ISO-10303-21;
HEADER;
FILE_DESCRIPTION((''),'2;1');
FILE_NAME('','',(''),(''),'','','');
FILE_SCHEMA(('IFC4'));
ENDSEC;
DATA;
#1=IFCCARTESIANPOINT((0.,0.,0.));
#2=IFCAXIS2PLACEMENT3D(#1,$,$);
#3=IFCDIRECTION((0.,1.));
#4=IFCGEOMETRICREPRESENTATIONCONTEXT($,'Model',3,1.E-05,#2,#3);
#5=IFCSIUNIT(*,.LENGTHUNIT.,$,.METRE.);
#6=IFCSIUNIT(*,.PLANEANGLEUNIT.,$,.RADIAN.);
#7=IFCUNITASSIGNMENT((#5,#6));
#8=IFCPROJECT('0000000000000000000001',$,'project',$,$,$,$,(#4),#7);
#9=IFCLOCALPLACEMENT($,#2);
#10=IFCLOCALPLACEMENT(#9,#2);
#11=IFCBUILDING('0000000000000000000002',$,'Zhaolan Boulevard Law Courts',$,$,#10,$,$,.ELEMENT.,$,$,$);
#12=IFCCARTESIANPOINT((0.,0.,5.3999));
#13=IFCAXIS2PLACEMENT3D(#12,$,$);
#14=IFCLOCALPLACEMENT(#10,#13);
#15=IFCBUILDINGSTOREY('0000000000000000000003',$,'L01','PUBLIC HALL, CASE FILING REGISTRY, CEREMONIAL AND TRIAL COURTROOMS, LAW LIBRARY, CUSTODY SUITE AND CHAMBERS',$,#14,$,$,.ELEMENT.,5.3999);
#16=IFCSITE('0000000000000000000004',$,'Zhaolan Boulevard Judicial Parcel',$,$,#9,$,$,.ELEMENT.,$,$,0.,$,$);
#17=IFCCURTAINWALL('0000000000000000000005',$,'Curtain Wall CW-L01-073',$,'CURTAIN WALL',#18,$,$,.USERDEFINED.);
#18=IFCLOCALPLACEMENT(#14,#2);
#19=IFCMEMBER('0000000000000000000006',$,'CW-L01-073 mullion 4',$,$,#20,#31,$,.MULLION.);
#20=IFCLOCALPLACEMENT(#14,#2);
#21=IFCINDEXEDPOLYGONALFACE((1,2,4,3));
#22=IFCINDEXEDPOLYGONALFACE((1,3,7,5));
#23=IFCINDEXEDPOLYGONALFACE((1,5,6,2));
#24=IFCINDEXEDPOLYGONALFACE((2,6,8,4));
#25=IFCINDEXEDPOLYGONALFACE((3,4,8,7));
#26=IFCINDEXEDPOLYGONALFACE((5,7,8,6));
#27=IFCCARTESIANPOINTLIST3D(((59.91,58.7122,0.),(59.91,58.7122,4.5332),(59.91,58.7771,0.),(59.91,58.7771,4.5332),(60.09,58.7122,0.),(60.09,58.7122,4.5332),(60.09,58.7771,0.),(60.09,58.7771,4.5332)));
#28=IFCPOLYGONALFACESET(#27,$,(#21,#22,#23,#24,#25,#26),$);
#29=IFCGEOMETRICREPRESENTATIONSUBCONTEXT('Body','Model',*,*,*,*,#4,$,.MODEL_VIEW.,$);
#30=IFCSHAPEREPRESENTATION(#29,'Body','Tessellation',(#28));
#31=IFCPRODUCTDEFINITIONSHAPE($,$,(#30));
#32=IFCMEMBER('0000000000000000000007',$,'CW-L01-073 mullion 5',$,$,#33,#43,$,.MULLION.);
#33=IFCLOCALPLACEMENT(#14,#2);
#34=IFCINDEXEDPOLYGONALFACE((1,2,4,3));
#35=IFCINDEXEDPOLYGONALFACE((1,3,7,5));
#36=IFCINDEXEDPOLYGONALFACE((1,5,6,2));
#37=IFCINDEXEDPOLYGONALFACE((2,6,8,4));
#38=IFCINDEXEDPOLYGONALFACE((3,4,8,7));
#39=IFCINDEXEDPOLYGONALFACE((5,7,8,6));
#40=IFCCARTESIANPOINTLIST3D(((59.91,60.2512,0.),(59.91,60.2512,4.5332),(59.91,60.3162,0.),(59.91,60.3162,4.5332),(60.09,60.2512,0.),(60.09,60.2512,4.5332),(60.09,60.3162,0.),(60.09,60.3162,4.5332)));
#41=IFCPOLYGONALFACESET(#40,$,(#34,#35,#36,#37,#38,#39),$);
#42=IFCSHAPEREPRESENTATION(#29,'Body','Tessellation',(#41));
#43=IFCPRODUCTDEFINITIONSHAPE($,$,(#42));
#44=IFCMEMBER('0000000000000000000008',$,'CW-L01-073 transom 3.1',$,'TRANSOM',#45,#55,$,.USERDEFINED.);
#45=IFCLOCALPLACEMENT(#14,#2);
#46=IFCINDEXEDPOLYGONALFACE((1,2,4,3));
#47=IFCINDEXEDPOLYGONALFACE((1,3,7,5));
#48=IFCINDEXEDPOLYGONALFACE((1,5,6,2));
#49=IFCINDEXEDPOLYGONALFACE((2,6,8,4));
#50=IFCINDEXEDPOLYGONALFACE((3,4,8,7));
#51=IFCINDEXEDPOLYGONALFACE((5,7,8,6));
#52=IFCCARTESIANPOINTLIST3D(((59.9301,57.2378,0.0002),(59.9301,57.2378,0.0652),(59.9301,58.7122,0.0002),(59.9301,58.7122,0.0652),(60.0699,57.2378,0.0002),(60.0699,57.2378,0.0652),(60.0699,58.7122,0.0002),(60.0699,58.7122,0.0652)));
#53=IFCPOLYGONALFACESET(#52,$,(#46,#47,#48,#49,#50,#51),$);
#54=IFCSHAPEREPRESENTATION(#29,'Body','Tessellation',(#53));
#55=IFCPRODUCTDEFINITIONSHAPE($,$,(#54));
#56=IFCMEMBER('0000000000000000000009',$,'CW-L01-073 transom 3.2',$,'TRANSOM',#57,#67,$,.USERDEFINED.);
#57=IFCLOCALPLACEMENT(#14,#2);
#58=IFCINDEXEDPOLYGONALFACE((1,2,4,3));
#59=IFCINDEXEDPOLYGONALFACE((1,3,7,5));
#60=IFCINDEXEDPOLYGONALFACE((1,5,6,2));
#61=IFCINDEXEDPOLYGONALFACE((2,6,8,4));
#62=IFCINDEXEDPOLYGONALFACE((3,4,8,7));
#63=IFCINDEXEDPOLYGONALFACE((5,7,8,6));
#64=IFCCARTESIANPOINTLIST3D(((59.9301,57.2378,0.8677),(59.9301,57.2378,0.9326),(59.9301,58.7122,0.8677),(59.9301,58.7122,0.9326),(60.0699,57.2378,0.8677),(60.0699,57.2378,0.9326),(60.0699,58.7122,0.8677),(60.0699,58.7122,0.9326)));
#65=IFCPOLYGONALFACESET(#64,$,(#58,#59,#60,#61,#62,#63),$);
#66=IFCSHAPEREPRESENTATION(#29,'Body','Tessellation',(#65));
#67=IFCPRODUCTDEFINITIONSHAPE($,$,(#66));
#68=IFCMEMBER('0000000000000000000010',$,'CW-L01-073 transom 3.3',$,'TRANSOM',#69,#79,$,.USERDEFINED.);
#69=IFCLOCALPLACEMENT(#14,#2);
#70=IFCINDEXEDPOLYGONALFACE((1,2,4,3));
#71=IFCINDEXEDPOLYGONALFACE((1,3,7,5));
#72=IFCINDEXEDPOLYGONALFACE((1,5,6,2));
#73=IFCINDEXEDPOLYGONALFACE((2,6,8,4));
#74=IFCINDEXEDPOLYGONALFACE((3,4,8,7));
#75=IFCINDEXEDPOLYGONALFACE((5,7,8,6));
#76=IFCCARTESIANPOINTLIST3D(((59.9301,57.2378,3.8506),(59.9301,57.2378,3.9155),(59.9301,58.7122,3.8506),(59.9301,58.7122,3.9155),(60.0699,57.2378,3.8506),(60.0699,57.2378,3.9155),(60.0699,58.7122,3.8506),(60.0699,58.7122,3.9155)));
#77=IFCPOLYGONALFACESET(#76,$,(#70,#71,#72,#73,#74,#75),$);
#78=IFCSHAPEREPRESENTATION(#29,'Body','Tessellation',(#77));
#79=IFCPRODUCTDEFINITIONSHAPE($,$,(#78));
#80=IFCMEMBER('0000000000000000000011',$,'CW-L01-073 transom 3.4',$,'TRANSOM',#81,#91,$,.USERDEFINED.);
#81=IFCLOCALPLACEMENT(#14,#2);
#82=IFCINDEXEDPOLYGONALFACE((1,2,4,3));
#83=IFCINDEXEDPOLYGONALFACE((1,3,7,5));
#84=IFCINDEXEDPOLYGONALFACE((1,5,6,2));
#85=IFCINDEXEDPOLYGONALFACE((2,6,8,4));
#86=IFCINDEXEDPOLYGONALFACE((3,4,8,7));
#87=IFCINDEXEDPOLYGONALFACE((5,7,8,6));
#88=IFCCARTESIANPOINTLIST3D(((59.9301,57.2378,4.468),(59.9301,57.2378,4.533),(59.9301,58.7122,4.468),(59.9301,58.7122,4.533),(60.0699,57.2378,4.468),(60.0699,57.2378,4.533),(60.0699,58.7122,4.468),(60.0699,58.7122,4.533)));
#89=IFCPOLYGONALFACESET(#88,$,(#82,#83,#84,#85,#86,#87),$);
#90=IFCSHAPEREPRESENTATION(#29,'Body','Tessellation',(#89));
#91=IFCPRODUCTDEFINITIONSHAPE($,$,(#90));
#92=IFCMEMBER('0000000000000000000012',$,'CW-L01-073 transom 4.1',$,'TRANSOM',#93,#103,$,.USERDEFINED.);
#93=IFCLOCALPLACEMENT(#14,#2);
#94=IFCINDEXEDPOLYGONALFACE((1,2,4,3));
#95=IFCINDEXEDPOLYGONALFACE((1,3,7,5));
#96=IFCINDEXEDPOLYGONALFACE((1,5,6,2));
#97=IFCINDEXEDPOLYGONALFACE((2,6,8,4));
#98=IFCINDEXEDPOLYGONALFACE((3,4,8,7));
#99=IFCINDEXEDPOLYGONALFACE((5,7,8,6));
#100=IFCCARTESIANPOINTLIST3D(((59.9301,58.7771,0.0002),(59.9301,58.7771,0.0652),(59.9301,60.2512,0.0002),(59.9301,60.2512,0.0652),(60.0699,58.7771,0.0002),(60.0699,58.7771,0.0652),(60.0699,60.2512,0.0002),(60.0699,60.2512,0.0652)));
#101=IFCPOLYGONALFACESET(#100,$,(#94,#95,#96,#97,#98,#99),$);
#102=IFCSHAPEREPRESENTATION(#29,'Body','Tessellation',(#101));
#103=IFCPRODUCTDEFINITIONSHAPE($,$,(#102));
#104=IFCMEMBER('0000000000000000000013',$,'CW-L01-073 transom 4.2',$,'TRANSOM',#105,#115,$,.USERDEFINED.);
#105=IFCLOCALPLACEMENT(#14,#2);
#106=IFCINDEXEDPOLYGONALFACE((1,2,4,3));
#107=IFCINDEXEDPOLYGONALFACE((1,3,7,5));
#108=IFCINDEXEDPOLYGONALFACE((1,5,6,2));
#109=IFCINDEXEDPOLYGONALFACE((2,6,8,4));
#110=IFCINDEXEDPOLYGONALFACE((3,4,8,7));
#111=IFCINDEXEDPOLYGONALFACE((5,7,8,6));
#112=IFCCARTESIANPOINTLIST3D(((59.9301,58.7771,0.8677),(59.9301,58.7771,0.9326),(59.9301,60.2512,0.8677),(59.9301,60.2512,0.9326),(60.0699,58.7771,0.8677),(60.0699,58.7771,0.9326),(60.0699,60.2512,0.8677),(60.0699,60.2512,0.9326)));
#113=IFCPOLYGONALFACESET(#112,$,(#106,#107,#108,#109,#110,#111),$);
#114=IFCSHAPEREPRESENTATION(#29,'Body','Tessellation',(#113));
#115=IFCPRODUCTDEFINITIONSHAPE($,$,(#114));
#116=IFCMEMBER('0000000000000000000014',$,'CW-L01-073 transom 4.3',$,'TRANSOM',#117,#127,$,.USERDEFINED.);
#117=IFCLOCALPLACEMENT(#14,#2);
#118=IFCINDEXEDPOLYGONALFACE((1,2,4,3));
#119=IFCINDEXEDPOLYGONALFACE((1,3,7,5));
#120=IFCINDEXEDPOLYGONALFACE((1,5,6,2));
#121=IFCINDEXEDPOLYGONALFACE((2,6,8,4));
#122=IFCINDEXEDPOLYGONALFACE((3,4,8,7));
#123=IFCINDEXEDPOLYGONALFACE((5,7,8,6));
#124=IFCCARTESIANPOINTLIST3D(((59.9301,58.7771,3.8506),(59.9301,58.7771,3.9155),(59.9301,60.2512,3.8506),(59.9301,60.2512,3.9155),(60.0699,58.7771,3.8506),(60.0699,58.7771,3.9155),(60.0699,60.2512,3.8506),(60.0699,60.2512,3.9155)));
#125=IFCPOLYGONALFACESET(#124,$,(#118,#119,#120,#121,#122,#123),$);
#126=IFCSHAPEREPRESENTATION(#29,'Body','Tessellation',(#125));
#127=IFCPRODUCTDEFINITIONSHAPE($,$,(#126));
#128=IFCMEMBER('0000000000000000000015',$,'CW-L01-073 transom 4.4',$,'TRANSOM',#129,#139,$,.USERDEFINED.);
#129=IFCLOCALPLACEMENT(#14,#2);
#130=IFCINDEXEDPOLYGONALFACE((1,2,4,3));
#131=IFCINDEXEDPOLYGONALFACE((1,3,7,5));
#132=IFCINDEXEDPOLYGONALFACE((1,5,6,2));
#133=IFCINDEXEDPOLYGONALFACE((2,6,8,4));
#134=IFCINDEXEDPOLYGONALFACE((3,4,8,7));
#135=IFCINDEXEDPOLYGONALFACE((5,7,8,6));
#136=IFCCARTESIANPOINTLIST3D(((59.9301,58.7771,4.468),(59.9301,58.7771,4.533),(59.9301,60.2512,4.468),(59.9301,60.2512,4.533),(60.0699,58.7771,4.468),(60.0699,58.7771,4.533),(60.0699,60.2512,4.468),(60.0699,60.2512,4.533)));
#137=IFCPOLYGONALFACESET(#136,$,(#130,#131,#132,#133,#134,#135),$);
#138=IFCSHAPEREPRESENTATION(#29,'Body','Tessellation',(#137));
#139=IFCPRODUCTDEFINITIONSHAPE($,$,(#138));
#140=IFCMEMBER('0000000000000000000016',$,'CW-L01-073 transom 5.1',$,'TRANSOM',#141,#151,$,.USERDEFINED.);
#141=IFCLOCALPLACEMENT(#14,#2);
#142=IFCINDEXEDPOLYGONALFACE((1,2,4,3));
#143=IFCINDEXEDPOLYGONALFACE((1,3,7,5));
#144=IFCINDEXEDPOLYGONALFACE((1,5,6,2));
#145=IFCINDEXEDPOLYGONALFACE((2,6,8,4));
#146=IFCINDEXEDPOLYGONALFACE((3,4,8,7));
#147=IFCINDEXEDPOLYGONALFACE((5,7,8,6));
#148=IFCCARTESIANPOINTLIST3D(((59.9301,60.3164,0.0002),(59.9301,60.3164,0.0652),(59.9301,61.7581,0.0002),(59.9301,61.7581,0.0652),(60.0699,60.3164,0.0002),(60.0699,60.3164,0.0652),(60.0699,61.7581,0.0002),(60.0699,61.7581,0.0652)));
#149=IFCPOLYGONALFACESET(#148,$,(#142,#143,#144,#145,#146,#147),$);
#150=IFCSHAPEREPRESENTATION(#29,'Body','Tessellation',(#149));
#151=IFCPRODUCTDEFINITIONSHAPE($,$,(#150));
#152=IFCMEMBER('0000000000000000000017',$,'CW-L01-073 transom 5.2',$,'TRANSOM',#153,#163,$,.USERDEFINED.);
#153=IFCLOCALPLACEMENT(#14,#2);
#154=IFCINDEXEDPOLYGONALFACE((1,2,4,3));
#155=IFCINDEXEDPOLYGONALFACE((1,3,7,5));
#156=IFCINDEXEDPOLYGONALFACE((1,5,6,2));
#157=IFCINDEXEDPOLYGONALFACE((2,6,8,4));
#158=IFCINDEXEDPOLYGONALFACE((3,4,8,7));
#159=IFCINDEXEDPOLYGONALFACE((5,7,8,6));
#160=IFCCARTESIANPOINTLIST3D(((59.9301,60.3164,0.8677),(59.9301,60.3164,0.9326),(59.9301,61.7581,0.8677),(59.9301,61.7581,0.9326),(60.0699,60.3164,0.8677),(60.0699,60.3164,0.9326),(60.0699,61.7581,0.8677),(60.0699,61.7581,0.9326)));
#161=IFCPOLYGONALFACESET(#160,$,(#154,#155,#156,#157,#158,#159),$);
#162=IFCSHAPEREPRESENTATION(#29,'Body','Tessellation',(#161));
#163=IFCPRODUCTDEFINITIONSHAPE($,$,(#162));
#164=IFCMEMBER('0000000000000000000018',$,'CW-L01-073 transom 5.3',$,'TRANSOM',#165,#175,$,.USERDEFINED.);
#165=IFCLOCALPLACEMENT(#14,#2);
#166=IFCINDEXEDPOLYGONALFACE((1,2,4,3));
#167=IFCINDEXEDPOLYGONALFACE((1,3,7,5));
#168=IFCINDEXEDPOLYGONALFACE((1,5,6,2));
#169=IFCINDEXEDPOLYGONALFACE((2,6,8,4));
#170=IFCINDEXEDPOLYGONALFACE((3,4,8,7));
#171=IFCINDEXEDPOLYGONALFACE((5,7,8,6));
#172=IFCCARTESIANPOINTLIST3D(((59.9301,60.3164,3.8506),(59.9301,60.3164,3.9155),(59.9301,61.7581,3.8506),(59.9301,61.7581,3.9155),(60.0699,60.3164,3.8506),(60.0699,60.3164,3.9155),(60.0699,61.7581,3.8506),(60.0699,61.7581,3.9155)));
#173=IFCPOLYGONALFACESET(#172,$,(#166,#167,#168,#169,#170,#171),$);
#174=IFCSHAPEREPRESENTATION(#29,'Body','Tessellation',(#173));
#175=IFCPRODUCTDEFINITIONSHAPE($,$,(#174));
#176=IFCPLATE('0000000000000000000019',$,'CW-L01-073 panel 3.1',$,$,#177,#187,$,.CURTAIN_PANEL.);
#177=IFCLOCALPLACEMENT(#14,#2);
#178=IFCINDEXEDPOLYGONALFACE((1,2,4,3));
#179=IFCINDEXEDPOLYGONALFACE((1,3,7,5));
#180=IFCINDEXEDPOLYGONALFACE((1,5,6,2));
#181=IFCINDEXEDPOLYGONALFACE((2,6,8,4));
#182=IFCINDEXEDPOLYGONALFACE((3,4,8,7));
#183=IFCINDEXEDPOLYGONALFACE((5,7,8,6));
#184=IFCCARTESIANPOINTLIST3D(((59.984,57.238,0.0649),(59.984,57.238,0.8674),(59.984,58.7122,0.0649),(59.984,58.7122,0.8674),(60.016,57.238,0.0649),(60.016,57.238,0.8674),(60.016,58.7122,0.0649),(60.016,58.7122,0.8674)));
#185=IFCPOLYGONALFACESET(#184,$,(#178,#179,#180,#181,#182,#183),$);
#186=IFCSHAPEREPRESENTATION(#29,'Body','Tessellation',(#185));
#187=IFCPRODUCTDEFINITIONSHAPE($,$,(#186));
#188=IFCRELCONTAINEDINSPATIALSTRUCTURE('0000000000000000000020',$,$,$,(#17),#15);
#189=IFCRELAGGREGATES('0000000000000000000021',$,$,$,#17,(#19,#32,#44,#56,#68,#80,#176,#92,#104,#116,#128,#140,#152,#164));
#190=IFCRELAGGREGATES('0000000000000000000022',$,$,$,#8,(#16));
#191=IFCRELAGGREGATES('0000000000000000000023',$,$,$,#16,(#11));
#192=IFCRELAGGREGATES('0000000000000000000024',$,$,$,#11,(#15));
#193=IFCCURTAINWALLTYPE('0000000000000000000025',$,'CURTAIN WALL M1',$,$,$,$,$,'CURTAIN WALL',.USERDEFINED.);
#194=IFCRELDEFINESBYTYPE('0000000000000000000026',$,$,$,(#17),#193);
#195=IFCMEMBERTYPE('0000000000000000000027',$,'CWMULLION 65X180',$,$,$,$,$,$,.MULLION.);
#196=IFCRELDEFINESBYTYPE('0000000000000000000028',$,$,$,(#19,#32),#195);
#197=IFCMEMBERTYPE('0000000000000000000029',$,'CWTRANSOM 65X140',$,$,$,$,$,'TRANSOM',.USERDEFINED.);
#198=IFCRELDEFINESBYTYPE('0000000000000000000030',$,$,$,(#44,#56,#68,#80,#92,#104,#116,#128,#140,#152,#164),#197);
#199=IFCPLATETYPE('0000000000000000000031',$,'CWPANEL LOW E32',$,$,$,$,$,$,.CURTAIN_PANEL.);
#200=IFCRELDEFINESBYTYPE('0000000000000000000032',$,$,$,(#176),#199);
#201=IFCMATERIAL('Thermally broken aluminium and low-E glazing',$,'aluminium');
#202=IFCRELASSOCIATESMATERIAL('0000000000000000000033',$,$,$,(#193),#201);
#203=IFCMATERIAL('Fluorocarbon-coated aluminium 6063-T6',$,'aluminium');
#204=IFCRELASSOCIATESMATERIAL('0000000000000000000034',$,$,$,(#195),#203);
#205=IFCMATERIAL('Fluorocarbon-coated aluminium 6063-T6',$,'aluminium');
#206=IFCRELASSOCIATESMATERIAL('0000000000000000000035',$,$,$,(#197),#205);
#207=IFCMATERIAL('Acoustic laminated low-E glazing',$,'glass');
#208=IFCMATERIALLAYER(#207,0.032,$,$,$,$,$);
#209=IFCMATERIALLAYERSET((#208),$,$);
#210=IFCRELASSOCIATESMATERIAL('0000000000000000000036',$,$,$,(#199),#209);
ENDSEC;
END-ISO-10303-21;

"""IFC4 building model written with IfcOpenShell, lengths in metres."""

from ifc_helpers import new_model, si_unit, direction, frame, origin, origin_2d, place, context, subcontext, project, spatial, rectangle, extrude, material, layer, layer_set, material_profile, profile_set, type_object, element, aggregate, save


model = new_model("IFC4")

# Units and contexts
model_context = context("Model", 3, precision=1e-05, world=origin(), true_north=direction((0.0, 1.0)))
body_context = subcontext(model_context, "Body", "Model", "MODEL_VIEW")
ifc_project = project(units=[si_unit("LENGTHUNIT", "METRE"), si_unit("PLANEANGLEUNIT", "RADIAN")], contexts=[model_context])

# Site, building, storey
site_placement = place(None, origin())
site = spatial("IfcSite", under=ifc_project, at=site_placement, Name="Zhaolan Boulevard Judicial Parcel", CompositionType="ELEMENT", RefElevation=0.0)
building_placement = place(site_placement, origin())
building = spatial("IfcBuilding", under=site, at=building_placement, Name="Zhaolan Boulevard Law Courts", CompositionType="ELEMENT")
storey_placement = place(building_placement, frame((0.0, 0.0, 5.3999)))
storey = spatial("IfcBuildingStorey", under=building, at=storey_placement, Name="L01", Description="PUBLIC HALL, CASE FILING REGISTRY, CEREMONIAL AND TRIAL COURTROOMS, LAW LIBRARY, CUSTODY SUITE AND CHAMBERS", CompositionType="ELEMENT", Elevation=5.3999)

# Curtain wall, members, plate
ifc_material_1 = material(Name="Thermally broken aluminium and low-E glazing", Category="aluminium")
curtain_wall_type = type_object("IfcCurtainWallType", Name="CURTAIN WALL M1", ElementType="CURTAIN WALL", PredefinedType="USERDEFINED", material=ifc_material_1)
curtain_wall_placement = place(storey_placement, origin())
curtain_wall = element("IfcCurtainWall", 1, at=curtain_wall_placement, inside=storey, type_object=curtain_wall_type, Name="Curtain Wall CW-L01-073", ObjectType="CURTAIN WALL", PredefinedType="USERDEFINED")
ifc_material_2 = material(Name="Fluorocarbon-coated aluminium 6063-T6", Category="aluminium")
ifc_material_profile_1 = material_profile(ifc_material_2, rectangle(XDim=0.1799, YDim=0.0649, at=origin_2d()), Name="AL65x180")
ifc_profile_set_1 = profile_set([ifc_material_profile_1], Name="Fluorocarbon-coated aluminium 6063-T6")
member_type_1 = type_object("IfcMemberType", Name="CWMULLION 65X180", PredefinedType="MULLION", material=ifc_profile_set_1)
member_1_placement = place(storey_placement, frame((60.0, 58.7446, 0.0), z_axis=(0.0, 0.0, 1.0), x_axis=(-1.0, 0.0, 0.0)))
member_1 = element("IfcMember", 2, at=member_1_placement, type_object=member_type_1, Name="CW-L01-073 mullion 4", PredefinedType="MULLION", context=body_context, shape_type="SweptSolid", body=[
    extrude(rectangle(XDim=0.1799, YDim=0.0649, at=origin_2d()), origin(), (0.0, 0.0, 1.0), 4.5332),
])
member_2_placement = place(storey_placement, frame((60.0, 60.2837, 0.0), z_axis=(0.0, 0.0, 1.0), x_axis=(-1.0, 0.0, 0.0)))
member_2 = element("IfcMember", 3, at=member_2_placement, type_object=member_type_1, Name="CW-L01-073 mullion 5", PredefinedType="MULLION", context=body_context, shape_type="SweptSolid", body=[
    extrude(rectangle(XDim=0.1799, YDim=0.0649, at=origin_2d()), origin(), (0.0, 0.0, 1.0), 4.5332),
])
ifc_material_3 = material(Name="Fluorocarbon-coated aluminium 6063-T6", Category="aluminium")
ifc_material_profile_2 = material_profile(ifc_material_3, rectangle(XDim=0.1399, YDim=0.0649, at=origin_2d()), Name="AL65x140")
ifc_profile_set_2 = profile_set([ifc_material_profile_2], Name="Fluorocarbon-coated aluminium 6063-T6")
member_type_2 = type_object("IfcMemberType", Name="CWTRANSOM 65X140", ElementType="TRANSOM", PredefinedType="USERDEFINED", material=ifc_profile_set_2)
member_3_placement = place(storey_placement, frame((60.0, 57.2378, 0.0327), z_axis=(0.0, 1.0, 0.0), x_axis=(-1.0, 0.0, 0.0)))
member_3 = element("IfcMember", 4, at=member_3_placement, type_object=member_type_2, Name="CW-L01-073 transom 3.1", ObjectType="TRANSOM", PredefinedType="USERDEFINED", context=body_context, shape_type="SweptSolid", body=[
    extrude(rectangle(XDim=0.1399, YDim=0.0649, at=origin_2d()), origin(), (0.0, 0.0, 1.0), 1.4744),
])
member_4_placement = place(storey_placement, frame((60.0, 57.2378, 0.9001), z_axis=(0.0, 1.0, 0.0), x_axis=(-1.0, 0.0, 0.0)))
member_4 = element("IfcMember", 5, at=member_4_placement, type_object=member_type_2, Name="CW-L01-073 transom 3.2", ObjectType="TRANSOM", PredefinedType="USERDEFINED", context=body_context, shape_type="SweptSolid", body=[
    extrude(rectangle(XDim=0.1399, YDim=0.0649, at=origin_2d()), origin(), (0.0, 0.0, 1.0), 1.4744),
])
member_5_placement = place(storey_placement, frame((60.0, 57.2378, 3.8831), z_axis=(0.0, 1.0, 0.0), x_axis=(-1.0, 0.0, 0.0)))
member_5 = element("IfcMember", 6, at=member_5_placement, type_object=member_type_2, Name="CW-L01-073 transom 3.3", ObjectType="TRANSOM", PredefinedType="USERDEFINED", context=body_context, shape_type="SweptSolid", body=[
    extrude(rectangle(XDim=0.1399, YDim=0.0649, at=origin_2d()), origin(), (0.0, 0.0, 1.0), 1.4744),
])
member_6_placement = place(storey_placement, frame((60.0, 57.2378, 4.5005), z_axis=(0.0, 1.0, 0.0), x_axis=(-1.0, 0.0, 0.0)))
member_6 = element("IfcMember", 7, at=member_6_placement, type_object=member_type_2, Name="CW-L01-073 transom 3.4", ObjectType="TRANSOM", PredefinedType="USERDEFINED", context=body_context, shape_type="SweptSolid", body=[
    extrude(rectangle(XDim=0.1399, YDim=0.0649, at=origin_2d()), origin(), (0.0, 0.0, 1.0), 1.4744),
])
member_7_placement = place(storey_placement, frame((60.0, 58.7771, 0.0327), z_axis=(0.0, 1.0, 0.0), x_axis=(-1.0, 0.0, 0.0)))
member_7 = element("IfcMember", 8, at=member_7_placement, type_object=member_type_2, Name="CW-L01-073 transom 4.1", ObjectType="TRANSOM", PredefinedType="USERDEFINED", context=body_context, shape_type="SweptSolid", body=[
    extrude(rectangle(XDim=0.1399, YDim=0.0649, at=origin_2d()), origin(), (0.0, 0.0, 1.0), 1.4741),
])
member_8_placement = place(storey_placement, frame((60.0, 58.7771, 0.9001), z_axis=(0.0, 1.0, 0.0), x_axis=(-1.0, 0.0, 0.0)))
member_8 = element("IfcMember", 9, at=member_8_placement, type_object=member_type_2, Name="CW-L01-073 transom 4.2", ObjectType="TRANSOM", PredefinedType="USERDEFINED", context=body_context, shape_type="SweptSolid", body=[
    extrude(rectangle(XDim=0.1399, YDim=0.0649, at=origin_2d()), origin(), (0.0, 0.0, 1.0), 1.4741),
])
member_9_placement = place(storey_placement, frame((60.0, 58.7771, 3.8831), z_axis=(0.0, 1.0, 0.0), x_axis=(-1.0, 0.0, 0.0)))
member_9 = element("IfcMember", 10, at=member_9_placement, type_object=member_type_2, Name="CW-L01-073 transom 4.3", ObjectType="TRANSOM", PredefinedType="USERDEFINED", context=body_context, shape_type="SweptSolid", body=[
    extrude(rectangle(XDim=0.1399, YDim=0.0649, at=origin_2d()), origin(), (0.0, 0.0, 1.0), 1.4741),
])
member_10_placement = place(storey_placement, frame((60.0, 58.7771, 4.5005), z_axis=(0.0, 1.0, 0.0), x_axis=(-1.0, 0.0, 0.0)))
member_10 = element("IfcMember", 11, at=member_10_placement, type_object=member_type_2, Name="CW-L01-073 transom 4.4", ObjectType="TRANSOM", PredefinedType="USERDEFINED", context=body_context, shape_type="SweptSolid", body=[
    extrude(rectangle(XDim=0.1399, YDim=0.0649, at=origin_2d()), origin(), (0.0, 0.0, 1.0), 1.4741),
])
member_11_placement = place(storey_placement, frame((60.0, 60.3164, 0.0327), z_axis=(0.0, 1.0, 0.0), x_axis=(-1.0, 0.0, 0.0)))
member_11 = element("IfcMember", 12, at=member_11_placement, type_object=member_type_2, Name="CW-L01-073 transom 5.1", ObjectType="TRANSOM", PredefinedType="USERDEFINED", context=body_context, shape_type="SweptSolid", body=[
    extrude(rectangle(XDim=0.1399, YDim=0.0649, at=origin_2d()), origin(), (0.0, 0.0, 1.0), 1.4417),
])
member_12_placement = place(storey_placement, frame((60.0, 60.3164, 0.9001), z_axis=(0.0, 1.0, 0.0), x_axis=(-1.0, 0.0, 0.0)))
member_12 = element("IfcMember", 13, at=member_12_placement, type_object=member_type_2, Name="CW-L01-073 transom 5.2", ObjectType="TRANSOM", PredefinedType="USERDEFINED", context=body_context, shape_type="SweptSolid", body=[
    extrude(rectangle(XDim=0.1399, YDim=0.0649, at=origin_2d()), origin(), (0.0, 0.0, 1.0), 1.4417),
])
member_13_placement = place(storey_placement, frame((60.0, 60.3164, 3.8831), z_axis=(0.0, 1.0, 0.0), x_axis=(-1.0, 0.0, 0.0)))
member_13 = element("IfcMember", 14, at=member_13_placement, type_object=member_type_2, Name="CW-L01-073 transom 5.3", ObjectType="TRANSOM", PredefinedType="USERDEFINED", context=body_context, shape_type="SweptSolid", body=[
    extrude(rectangle(XDim=0.1399, YDim=0.0649, at=origin_2d()), origin(), (0.0, 0.0, 1.0), 1.4417),
])
ifc_material_4 = material(Name="Acoustic laminated low-E glazing", Category="glass")
ifc_layer = layer(ifc_material_4, 0.032)
ifc_layer_set = layer_set([ifc_layer])
plate_type = type_object("IfcPlateType", Name="CWPANEL LOW E32", PredefinedType="CURTAIN_PANEL", material=ifc_layer_set)
plate_1_placement = place(storey_placement, frame((60.0, 57.9751, 0.0649), z_axis=(0.0, 0.0, 1.0), x_axis=(0.0, 1.0, 0.0)))
plate_1 = element("IfcPlate", 15, at=plate_1_placement, type_object=plate_type, Name="CW-L01-073 panel 3.1", PredefinedType="CURTAIN_PANEL", context=body_context, shape_type="SweptSolid", body=[
    extrude(rectangle(XDim=1.4741, YDim=0.032, at=origin_2d()), origin(), (0.0, 0.0, 1.0), 0.8025),
])
aggregate(curtain_wall, [member_1, member_2, member_3, member_4, member_5, member_6, plate_1, member_7, member_8, member_9, member_10, member_11, member_12, member_13])

save(model, "model.ifc")
